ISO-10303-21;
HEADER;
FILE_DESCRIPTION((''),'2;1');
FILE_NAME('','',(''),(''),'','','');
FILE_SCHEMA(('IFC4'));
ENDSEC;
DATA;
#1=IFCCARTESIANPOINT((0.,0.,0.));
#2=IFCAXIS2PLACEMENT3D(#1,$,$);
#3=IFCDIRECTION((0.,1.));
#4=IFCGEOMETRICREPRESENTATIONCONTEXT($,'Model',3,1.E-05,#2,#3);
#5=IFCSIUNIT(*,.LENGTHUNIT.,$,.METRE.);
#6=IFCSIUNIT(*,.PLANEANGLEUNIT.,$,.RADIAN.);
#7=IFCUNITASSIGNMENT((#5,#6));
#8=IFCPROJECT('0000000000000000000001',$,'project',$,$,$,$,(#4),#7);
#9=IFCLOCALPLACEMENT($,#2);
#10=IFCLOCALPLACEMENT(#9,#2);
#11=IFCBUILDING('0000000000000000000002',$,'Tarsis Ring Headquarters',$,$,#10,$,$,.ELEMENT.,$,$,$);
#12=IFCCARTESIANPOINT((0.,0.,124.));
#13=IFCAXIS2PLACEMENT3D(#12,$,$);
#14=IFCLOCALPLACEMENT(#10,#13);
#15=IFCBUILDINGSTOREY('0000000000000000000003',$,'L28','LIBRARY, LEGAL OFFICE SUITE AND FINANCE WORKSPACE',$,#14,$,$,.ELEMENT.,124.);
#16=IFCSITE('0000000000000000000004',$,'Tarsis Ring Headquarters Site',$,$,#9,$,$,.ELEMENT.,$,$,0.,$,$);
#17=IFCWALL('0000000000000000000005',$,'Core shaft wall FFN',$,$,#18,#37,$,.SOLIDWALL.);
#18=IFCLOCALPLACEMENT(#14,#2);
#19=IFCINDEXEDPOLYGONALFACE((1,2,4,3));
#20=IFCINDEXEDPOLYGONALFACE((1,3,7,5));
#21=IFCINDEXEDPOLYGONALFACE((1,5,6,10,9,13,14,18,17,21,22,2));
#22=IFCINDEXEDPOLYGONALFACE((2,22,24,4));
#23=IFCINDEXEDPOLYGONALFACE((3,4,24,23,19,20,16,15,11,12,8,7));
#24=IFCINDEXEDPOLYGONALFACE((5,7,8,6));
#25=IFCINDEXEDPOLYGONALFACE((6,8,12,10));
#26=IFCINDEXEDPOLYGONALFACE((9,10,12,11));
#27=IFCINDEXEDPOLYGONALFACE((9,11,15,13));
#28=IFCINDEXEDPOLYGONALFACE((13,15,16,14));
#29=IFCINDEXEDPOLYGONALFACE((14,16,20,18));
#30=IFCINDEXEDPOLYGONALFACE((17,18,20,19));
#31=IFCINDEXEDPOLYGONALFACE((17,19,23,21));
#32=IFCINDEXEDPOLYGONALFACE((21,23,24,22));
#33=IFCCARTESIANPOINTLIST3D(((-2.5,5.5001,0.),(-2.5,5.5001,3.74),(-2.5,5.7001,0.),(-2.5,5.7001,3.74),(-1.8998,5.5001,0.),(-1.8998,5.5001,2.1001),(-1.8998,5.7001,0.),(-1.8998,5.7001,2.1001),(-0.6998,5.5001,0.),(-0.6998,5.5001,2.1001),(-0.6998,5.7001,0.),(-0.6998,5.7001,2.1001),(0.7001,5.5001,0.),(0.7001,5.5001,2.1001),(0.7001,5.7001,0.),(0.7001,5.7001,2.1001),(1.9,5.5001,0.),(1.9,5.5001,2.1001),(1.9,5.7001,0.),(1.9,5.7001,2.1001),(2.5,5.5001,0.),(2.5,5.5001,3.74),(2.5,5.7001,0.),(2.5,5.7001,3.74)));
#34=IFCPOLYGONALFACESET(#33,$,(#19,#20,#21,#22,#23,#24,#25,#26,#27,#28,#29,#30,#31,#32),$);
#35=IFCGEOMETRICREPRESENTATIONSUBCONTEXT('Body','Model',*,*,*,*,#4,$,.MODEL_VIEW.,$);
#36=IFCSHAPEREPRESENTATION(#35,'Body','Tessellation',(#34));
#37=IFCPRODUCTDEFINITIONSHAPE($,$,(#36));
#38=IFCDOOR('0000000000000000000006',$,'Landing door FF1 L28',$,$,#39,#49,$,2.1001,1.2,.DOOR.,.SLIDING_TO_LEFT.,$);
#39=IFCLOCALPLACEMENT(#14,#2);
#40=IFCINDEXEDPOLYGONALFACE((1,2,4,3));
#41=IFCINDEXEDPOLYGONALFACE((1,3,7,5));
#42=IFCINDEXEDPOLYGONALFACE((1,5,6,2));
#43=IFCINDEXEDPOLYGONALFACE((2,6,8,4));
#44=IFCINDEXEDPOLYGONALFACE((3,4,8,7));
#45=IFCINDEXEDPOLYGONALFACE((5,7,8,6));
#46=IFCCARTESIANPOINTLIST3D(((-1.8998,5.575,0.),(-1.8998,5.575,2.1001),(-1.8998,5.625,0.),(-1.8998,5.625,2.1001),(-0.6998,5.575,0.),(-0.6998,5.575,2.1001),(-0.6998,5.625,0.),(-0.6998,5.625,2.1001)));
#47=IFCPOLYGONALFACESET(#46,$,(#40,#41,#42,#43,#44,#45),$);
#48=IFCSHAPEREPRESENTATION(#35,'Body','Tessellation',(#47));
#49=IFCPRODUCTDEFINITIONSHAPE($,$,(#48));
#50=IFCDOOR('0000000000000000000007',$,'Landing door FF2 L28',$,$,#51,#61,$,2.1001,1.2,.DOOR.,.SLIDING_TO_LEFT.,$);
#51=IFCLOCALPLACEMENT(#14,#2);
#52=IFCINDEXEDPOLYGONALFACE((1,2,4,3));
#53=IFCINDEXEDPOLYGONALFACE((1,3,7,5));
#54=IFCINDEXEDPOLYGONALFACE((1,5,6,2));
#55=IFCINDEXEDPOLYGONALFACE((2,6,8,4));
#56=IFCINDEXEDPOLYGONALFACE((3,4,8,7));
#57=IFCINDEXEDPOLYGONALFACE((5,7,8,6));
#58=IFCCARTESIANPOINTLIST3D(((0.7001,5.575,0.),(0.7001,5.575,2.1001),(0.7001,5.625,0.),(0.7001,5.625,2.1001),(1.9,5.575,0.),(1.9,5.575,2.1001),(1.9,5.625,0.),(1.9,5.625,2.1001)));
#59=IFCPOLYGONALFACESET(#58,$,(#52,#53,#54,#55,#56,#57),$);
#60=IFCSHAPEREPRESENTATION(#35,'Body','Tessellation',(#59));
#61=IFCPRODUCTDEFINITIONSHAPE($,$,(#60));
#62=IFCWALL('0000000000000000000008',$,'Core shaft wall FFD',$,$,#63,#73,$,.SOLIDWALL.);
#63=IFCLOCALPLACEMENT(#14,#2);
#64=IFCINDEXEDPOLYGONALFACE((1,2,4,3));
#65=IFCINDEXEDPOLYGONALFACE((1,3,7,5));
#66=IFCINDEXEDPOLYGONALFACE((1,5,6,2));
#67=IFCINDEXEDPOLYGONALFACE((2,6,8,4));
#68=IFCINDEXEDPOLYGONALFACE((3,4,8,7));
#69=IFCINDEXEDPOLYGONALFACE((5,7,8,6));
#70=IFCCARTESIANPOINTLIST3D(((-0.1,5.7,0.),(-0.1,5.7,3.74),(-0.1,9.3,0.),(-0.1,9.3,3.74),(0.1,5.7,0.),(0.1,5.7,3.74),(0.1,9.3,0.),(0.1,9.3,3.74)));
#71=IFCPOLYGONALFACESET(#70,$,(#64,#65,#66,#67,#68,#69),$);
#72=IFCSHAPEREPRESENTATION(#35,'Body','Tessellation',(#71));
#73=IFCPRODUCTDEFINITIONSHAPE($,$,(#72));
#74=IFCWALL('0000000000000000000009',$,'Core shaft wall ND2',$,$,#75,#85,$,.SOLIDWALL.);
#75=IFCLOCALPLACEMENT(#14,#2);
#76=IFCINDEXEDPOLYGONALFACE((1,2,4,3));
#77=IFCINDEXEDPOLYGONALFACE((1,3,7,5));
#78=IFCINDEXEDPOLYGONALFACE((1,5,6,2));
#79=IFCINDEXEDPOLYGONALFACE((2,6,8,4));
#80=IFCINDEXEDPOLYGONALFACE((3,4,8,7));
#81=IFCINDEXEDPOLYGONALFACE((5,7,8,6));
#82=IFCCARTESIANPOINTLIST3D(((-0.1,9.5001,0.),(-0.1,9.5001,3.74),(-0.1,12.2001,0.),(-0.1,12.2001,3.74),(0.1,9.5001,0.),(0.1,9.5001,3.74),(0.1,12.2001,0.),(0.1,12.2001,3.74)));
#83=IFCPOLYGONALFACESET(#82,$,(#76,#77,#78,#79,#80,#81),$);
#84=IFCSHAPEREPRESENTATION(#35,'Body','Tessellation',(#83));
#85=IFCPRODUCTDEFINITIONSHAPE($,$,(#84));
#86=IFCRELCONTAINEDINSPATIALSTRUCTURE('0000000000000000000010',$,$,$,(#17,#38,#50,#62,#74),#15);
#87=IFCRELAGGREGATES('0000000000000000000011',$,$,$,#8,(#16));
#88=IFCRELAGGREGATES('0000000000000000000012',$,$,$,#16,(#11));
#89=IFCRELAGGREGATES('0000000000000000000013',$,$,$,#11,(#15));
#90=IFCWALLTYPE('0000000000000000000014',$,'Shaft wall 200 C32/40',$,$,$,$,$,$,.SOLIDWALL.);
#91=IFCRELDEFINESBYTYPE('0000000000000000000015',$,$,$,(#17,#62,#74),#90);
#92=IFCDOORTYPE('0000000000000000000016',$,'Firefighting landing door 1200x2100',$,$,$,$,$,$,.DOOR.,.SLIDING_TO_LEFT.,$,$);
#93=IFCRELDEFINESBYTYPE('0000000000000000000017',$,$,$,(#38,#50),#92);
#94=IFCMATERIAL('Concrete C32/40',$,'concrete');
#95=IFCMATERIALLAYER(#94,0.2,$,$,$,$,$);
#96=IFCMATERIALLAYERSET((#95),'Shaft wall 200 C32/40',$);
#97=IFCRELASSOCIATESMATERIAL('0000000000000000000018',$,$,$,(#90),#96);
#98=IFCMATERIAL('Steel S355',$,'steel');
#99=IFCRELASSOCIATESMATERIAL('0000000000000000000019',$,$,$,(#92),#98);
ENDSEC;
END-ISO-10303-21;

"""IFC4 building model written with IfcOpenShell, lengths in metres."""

from ifc_helpers import new_model, si_unit, direction, frame, frame_2d, origin, place, context, subcontext, project, spatial, rectangle, extrude, material, layer, layer_set, type_object, element, fill, save


model = new_model("IFC4")

# Units and contexts
model_context = context("Model", 3, precision=1e-05, world=origin(), true_north=direction((0.0, 1.0)))
body_context = subcontext(model_context, "Body", "Model", "MODEL_VIEW")
ifc_project = project(units=[si_unit("LENGTHUNIT", "METRE"), si_unit("PLANEANGLEUNIT", "RADIAN")], contexts=[model_context])

# Site, building, storey
site_placement = place(None, origin())
site = spatial("IfcSite", under=ifc_project, at=site_placement, Name="Tarsis Ring Headquarters Site", CompositionType="ELEMENT", RefElevation=0.0)
building_placement = place(site_placement, origin())
building = spatial("IfcBuilding", under=site, at=building_placement, Name="Tarsis Ring Headquarters", CompositionType="ELEMENT")
storey_placement = place(building_placement, frame((0.0, 0.0, 124.0)))
storey = spatial("IfcBuildingStorey", under=building, at=storey_placement, Name="L28", Description="LIBRARY, LEGAL OFFICE SUITE AND FINANCE WORKSPACE", CompositionType="ELEMENT", Elevation=124.0)

# Shared definitions
ifc_material_1 = material(Name="Concrete C32/40", Category="concrete")

# Shared definitions
ifc_layer_1 = layer(ifc_material_1, 0.2)
ifc_layer_set_1 = layer_set([ifc_layer_1], Name="Shaft wall 200 C32/40")
wall_type_1 = type_object("IfcWallType", Name="Shaft wall 200 C32/40", PredefinedType="SOLIDWALL", material=ifc_layer_set_1)
ifc_material_2 = material(Name="Steel S355", Category="steel")

# Wall, openings, doors
wall_1_placement = place(storey_placement, frame((-2.5, 5.6001, 0.0), z_axis=(0.0, 0.0, 1.0), x_axis=(1.0, 0.0, 0.0)))
wall_1 = element("IfcWall", 1, at=wall_1_placement, inside=storey, type_object=wall_type_1, Name="Core shaft wall FFN", PredefinedType="SOLIDWALL", context=body_context, shape_type="SweptSolid", body=[
    extrude(rectangle(XDim=5.0, YDim=0.2, at=frame_2d((2.5, 0.0))), origin(), (0.0, 0.0, 1.0), 3.74),
])
opening_1_placement = place(wall_1_placement, frame((0.6001, 0.0, 0.0)))
opening_1 = element("IfcOpeningElement", 2, at=opening_1_placement, cuts=wall_1, PredefinedType="OPENING", context=body_context, shape_type="SweptSolid", body=[
    extrude(rectangle(XDim=1.2, YDim=2.1001, at=frame_2d((0.6001, 1.05))), frame((0.0, 0.1099, 0.0), z_axis=(0.0, -1.0, 0.0), x_axis=(1.0, 0.0, 0.0)), (0.0, 0.0, 1.0), 0.22),
])
opening_2_placement = place(wall_1_placement, frame((3.2, 0.0, 0.0)))
opening_2 = element("IfcOpeningElement", 3, at=opening_2_placement, cuts=wall_1, PredefinedType="OPENING", context=body_context, shape_type="SweptSolid", body=[
    extrude(rectangle(XDim=1.2, YDim=2.1001, at=frame_2d((0.6001, 1.05))), frame((0.0, 0.1099, 0.0), z_axis=(0.0, -1.0, 0.0), x_axis=(1.0, 0.0, 0.0)), (0.0, 0.0, 1.0), 0.22),
])
door_type_1 = type_object("IfcDoorType", Name="Firefighting landing door 1200x2100", OperationType="SLIDING_TO_LEFT", PredefinedType="DOOR", material=ifc_material_2)
door_1_placement = place(opening_1_placement, origin())
door_1 = element("IfcDoor", 4, at=door_1_placement, inside=storey, type_object=door_type_1, Name="Landing door FF1 L28", OperationType="SLIDING_TO_LEFT", OverallHeight=2.1001, OverallWidth=1.2, PredefinedType="DOOR", context=body_context, shape_type="SweptSolid", body=[
    extrude(rectangle(XDim=1.2, YDim=2.1001, at=frame_2d((0.6001, 1.05))), frame((0.0, 0.0249, 0.0), z_axis=(0.0, -1.0, 0.0), x_axis=(1.0, 0.0, 0.0)), (0.0, 0.0, 1.0), 0.05),
])
fill(opening_1, door_1)
door_2_placement = place(opening_2_placement, origin())
door_2 = element("IfcDoor", 5, at=door_2_placement, inside=storey, type_object=door_type_1, Name="Landing door FF2 L28", OperationType="SLIDING_TO_LEFT", OverallHeight=2.1001, OverallWidth=1.2, PredefinedType="DOOR", context=body_context, shape_type="SweptSolid", body=[
    extrude(rectangle(XDim=1.2, YDim=2.1001, at=frame_2d((0.6001, 1.05))), frame((0.0, 0.0249, 0.0), z_axis=(0.0, -1.0, 0.0), x_axis=(1.0, 0.0, 0.0)), (0.0, 0.0, 1.0), 0.05),
])
fill(opening_2, door_2)

# Walls
wall_2_placement = place(storey_placement, frame((0.0, 5.7, 0.0), z_axis=(0.0, 0.0, 1.0), x_axis=(0.0, 1.0, 0.0)))
element("IfcWall", 6, at=wall_2_placement, inside=storey, type_object=wall_type_1, Name="Core shaft wall FFD", PredefinedType="SOLIDWALL", context=body_context, shape_type="SweptSolid", body=[
    extrude(rectangle(XDim=3.6001, YDim=0.2, at=frame_2d((1.8, 0.0))), origin(), (0.0, 0.0, 1.0), 3.74),
])
wall_3_placement = place(storey_placement, frame((0.0, 9.5, 0.0), z_axis=(0.0, 0.0, 1.0), x_axis=(0.0, 1.0, 0.0)))
element("IfcWall", 7, at=wall_3_placement, inside=storey, type_object=wall_type_1, Name="Core shaft wall ND2", PredefinedType="SOLIDWALL", context=body_context, shape_type="SweptSolid", body=[
    extrude(rectangle(XDim=2.7, YDim=0.2, at=frame_2d((1.3501, 0.0))), origin(), (0.0, 0.0, 1.0), 3.74),
])

save(model, "model.ifc")
